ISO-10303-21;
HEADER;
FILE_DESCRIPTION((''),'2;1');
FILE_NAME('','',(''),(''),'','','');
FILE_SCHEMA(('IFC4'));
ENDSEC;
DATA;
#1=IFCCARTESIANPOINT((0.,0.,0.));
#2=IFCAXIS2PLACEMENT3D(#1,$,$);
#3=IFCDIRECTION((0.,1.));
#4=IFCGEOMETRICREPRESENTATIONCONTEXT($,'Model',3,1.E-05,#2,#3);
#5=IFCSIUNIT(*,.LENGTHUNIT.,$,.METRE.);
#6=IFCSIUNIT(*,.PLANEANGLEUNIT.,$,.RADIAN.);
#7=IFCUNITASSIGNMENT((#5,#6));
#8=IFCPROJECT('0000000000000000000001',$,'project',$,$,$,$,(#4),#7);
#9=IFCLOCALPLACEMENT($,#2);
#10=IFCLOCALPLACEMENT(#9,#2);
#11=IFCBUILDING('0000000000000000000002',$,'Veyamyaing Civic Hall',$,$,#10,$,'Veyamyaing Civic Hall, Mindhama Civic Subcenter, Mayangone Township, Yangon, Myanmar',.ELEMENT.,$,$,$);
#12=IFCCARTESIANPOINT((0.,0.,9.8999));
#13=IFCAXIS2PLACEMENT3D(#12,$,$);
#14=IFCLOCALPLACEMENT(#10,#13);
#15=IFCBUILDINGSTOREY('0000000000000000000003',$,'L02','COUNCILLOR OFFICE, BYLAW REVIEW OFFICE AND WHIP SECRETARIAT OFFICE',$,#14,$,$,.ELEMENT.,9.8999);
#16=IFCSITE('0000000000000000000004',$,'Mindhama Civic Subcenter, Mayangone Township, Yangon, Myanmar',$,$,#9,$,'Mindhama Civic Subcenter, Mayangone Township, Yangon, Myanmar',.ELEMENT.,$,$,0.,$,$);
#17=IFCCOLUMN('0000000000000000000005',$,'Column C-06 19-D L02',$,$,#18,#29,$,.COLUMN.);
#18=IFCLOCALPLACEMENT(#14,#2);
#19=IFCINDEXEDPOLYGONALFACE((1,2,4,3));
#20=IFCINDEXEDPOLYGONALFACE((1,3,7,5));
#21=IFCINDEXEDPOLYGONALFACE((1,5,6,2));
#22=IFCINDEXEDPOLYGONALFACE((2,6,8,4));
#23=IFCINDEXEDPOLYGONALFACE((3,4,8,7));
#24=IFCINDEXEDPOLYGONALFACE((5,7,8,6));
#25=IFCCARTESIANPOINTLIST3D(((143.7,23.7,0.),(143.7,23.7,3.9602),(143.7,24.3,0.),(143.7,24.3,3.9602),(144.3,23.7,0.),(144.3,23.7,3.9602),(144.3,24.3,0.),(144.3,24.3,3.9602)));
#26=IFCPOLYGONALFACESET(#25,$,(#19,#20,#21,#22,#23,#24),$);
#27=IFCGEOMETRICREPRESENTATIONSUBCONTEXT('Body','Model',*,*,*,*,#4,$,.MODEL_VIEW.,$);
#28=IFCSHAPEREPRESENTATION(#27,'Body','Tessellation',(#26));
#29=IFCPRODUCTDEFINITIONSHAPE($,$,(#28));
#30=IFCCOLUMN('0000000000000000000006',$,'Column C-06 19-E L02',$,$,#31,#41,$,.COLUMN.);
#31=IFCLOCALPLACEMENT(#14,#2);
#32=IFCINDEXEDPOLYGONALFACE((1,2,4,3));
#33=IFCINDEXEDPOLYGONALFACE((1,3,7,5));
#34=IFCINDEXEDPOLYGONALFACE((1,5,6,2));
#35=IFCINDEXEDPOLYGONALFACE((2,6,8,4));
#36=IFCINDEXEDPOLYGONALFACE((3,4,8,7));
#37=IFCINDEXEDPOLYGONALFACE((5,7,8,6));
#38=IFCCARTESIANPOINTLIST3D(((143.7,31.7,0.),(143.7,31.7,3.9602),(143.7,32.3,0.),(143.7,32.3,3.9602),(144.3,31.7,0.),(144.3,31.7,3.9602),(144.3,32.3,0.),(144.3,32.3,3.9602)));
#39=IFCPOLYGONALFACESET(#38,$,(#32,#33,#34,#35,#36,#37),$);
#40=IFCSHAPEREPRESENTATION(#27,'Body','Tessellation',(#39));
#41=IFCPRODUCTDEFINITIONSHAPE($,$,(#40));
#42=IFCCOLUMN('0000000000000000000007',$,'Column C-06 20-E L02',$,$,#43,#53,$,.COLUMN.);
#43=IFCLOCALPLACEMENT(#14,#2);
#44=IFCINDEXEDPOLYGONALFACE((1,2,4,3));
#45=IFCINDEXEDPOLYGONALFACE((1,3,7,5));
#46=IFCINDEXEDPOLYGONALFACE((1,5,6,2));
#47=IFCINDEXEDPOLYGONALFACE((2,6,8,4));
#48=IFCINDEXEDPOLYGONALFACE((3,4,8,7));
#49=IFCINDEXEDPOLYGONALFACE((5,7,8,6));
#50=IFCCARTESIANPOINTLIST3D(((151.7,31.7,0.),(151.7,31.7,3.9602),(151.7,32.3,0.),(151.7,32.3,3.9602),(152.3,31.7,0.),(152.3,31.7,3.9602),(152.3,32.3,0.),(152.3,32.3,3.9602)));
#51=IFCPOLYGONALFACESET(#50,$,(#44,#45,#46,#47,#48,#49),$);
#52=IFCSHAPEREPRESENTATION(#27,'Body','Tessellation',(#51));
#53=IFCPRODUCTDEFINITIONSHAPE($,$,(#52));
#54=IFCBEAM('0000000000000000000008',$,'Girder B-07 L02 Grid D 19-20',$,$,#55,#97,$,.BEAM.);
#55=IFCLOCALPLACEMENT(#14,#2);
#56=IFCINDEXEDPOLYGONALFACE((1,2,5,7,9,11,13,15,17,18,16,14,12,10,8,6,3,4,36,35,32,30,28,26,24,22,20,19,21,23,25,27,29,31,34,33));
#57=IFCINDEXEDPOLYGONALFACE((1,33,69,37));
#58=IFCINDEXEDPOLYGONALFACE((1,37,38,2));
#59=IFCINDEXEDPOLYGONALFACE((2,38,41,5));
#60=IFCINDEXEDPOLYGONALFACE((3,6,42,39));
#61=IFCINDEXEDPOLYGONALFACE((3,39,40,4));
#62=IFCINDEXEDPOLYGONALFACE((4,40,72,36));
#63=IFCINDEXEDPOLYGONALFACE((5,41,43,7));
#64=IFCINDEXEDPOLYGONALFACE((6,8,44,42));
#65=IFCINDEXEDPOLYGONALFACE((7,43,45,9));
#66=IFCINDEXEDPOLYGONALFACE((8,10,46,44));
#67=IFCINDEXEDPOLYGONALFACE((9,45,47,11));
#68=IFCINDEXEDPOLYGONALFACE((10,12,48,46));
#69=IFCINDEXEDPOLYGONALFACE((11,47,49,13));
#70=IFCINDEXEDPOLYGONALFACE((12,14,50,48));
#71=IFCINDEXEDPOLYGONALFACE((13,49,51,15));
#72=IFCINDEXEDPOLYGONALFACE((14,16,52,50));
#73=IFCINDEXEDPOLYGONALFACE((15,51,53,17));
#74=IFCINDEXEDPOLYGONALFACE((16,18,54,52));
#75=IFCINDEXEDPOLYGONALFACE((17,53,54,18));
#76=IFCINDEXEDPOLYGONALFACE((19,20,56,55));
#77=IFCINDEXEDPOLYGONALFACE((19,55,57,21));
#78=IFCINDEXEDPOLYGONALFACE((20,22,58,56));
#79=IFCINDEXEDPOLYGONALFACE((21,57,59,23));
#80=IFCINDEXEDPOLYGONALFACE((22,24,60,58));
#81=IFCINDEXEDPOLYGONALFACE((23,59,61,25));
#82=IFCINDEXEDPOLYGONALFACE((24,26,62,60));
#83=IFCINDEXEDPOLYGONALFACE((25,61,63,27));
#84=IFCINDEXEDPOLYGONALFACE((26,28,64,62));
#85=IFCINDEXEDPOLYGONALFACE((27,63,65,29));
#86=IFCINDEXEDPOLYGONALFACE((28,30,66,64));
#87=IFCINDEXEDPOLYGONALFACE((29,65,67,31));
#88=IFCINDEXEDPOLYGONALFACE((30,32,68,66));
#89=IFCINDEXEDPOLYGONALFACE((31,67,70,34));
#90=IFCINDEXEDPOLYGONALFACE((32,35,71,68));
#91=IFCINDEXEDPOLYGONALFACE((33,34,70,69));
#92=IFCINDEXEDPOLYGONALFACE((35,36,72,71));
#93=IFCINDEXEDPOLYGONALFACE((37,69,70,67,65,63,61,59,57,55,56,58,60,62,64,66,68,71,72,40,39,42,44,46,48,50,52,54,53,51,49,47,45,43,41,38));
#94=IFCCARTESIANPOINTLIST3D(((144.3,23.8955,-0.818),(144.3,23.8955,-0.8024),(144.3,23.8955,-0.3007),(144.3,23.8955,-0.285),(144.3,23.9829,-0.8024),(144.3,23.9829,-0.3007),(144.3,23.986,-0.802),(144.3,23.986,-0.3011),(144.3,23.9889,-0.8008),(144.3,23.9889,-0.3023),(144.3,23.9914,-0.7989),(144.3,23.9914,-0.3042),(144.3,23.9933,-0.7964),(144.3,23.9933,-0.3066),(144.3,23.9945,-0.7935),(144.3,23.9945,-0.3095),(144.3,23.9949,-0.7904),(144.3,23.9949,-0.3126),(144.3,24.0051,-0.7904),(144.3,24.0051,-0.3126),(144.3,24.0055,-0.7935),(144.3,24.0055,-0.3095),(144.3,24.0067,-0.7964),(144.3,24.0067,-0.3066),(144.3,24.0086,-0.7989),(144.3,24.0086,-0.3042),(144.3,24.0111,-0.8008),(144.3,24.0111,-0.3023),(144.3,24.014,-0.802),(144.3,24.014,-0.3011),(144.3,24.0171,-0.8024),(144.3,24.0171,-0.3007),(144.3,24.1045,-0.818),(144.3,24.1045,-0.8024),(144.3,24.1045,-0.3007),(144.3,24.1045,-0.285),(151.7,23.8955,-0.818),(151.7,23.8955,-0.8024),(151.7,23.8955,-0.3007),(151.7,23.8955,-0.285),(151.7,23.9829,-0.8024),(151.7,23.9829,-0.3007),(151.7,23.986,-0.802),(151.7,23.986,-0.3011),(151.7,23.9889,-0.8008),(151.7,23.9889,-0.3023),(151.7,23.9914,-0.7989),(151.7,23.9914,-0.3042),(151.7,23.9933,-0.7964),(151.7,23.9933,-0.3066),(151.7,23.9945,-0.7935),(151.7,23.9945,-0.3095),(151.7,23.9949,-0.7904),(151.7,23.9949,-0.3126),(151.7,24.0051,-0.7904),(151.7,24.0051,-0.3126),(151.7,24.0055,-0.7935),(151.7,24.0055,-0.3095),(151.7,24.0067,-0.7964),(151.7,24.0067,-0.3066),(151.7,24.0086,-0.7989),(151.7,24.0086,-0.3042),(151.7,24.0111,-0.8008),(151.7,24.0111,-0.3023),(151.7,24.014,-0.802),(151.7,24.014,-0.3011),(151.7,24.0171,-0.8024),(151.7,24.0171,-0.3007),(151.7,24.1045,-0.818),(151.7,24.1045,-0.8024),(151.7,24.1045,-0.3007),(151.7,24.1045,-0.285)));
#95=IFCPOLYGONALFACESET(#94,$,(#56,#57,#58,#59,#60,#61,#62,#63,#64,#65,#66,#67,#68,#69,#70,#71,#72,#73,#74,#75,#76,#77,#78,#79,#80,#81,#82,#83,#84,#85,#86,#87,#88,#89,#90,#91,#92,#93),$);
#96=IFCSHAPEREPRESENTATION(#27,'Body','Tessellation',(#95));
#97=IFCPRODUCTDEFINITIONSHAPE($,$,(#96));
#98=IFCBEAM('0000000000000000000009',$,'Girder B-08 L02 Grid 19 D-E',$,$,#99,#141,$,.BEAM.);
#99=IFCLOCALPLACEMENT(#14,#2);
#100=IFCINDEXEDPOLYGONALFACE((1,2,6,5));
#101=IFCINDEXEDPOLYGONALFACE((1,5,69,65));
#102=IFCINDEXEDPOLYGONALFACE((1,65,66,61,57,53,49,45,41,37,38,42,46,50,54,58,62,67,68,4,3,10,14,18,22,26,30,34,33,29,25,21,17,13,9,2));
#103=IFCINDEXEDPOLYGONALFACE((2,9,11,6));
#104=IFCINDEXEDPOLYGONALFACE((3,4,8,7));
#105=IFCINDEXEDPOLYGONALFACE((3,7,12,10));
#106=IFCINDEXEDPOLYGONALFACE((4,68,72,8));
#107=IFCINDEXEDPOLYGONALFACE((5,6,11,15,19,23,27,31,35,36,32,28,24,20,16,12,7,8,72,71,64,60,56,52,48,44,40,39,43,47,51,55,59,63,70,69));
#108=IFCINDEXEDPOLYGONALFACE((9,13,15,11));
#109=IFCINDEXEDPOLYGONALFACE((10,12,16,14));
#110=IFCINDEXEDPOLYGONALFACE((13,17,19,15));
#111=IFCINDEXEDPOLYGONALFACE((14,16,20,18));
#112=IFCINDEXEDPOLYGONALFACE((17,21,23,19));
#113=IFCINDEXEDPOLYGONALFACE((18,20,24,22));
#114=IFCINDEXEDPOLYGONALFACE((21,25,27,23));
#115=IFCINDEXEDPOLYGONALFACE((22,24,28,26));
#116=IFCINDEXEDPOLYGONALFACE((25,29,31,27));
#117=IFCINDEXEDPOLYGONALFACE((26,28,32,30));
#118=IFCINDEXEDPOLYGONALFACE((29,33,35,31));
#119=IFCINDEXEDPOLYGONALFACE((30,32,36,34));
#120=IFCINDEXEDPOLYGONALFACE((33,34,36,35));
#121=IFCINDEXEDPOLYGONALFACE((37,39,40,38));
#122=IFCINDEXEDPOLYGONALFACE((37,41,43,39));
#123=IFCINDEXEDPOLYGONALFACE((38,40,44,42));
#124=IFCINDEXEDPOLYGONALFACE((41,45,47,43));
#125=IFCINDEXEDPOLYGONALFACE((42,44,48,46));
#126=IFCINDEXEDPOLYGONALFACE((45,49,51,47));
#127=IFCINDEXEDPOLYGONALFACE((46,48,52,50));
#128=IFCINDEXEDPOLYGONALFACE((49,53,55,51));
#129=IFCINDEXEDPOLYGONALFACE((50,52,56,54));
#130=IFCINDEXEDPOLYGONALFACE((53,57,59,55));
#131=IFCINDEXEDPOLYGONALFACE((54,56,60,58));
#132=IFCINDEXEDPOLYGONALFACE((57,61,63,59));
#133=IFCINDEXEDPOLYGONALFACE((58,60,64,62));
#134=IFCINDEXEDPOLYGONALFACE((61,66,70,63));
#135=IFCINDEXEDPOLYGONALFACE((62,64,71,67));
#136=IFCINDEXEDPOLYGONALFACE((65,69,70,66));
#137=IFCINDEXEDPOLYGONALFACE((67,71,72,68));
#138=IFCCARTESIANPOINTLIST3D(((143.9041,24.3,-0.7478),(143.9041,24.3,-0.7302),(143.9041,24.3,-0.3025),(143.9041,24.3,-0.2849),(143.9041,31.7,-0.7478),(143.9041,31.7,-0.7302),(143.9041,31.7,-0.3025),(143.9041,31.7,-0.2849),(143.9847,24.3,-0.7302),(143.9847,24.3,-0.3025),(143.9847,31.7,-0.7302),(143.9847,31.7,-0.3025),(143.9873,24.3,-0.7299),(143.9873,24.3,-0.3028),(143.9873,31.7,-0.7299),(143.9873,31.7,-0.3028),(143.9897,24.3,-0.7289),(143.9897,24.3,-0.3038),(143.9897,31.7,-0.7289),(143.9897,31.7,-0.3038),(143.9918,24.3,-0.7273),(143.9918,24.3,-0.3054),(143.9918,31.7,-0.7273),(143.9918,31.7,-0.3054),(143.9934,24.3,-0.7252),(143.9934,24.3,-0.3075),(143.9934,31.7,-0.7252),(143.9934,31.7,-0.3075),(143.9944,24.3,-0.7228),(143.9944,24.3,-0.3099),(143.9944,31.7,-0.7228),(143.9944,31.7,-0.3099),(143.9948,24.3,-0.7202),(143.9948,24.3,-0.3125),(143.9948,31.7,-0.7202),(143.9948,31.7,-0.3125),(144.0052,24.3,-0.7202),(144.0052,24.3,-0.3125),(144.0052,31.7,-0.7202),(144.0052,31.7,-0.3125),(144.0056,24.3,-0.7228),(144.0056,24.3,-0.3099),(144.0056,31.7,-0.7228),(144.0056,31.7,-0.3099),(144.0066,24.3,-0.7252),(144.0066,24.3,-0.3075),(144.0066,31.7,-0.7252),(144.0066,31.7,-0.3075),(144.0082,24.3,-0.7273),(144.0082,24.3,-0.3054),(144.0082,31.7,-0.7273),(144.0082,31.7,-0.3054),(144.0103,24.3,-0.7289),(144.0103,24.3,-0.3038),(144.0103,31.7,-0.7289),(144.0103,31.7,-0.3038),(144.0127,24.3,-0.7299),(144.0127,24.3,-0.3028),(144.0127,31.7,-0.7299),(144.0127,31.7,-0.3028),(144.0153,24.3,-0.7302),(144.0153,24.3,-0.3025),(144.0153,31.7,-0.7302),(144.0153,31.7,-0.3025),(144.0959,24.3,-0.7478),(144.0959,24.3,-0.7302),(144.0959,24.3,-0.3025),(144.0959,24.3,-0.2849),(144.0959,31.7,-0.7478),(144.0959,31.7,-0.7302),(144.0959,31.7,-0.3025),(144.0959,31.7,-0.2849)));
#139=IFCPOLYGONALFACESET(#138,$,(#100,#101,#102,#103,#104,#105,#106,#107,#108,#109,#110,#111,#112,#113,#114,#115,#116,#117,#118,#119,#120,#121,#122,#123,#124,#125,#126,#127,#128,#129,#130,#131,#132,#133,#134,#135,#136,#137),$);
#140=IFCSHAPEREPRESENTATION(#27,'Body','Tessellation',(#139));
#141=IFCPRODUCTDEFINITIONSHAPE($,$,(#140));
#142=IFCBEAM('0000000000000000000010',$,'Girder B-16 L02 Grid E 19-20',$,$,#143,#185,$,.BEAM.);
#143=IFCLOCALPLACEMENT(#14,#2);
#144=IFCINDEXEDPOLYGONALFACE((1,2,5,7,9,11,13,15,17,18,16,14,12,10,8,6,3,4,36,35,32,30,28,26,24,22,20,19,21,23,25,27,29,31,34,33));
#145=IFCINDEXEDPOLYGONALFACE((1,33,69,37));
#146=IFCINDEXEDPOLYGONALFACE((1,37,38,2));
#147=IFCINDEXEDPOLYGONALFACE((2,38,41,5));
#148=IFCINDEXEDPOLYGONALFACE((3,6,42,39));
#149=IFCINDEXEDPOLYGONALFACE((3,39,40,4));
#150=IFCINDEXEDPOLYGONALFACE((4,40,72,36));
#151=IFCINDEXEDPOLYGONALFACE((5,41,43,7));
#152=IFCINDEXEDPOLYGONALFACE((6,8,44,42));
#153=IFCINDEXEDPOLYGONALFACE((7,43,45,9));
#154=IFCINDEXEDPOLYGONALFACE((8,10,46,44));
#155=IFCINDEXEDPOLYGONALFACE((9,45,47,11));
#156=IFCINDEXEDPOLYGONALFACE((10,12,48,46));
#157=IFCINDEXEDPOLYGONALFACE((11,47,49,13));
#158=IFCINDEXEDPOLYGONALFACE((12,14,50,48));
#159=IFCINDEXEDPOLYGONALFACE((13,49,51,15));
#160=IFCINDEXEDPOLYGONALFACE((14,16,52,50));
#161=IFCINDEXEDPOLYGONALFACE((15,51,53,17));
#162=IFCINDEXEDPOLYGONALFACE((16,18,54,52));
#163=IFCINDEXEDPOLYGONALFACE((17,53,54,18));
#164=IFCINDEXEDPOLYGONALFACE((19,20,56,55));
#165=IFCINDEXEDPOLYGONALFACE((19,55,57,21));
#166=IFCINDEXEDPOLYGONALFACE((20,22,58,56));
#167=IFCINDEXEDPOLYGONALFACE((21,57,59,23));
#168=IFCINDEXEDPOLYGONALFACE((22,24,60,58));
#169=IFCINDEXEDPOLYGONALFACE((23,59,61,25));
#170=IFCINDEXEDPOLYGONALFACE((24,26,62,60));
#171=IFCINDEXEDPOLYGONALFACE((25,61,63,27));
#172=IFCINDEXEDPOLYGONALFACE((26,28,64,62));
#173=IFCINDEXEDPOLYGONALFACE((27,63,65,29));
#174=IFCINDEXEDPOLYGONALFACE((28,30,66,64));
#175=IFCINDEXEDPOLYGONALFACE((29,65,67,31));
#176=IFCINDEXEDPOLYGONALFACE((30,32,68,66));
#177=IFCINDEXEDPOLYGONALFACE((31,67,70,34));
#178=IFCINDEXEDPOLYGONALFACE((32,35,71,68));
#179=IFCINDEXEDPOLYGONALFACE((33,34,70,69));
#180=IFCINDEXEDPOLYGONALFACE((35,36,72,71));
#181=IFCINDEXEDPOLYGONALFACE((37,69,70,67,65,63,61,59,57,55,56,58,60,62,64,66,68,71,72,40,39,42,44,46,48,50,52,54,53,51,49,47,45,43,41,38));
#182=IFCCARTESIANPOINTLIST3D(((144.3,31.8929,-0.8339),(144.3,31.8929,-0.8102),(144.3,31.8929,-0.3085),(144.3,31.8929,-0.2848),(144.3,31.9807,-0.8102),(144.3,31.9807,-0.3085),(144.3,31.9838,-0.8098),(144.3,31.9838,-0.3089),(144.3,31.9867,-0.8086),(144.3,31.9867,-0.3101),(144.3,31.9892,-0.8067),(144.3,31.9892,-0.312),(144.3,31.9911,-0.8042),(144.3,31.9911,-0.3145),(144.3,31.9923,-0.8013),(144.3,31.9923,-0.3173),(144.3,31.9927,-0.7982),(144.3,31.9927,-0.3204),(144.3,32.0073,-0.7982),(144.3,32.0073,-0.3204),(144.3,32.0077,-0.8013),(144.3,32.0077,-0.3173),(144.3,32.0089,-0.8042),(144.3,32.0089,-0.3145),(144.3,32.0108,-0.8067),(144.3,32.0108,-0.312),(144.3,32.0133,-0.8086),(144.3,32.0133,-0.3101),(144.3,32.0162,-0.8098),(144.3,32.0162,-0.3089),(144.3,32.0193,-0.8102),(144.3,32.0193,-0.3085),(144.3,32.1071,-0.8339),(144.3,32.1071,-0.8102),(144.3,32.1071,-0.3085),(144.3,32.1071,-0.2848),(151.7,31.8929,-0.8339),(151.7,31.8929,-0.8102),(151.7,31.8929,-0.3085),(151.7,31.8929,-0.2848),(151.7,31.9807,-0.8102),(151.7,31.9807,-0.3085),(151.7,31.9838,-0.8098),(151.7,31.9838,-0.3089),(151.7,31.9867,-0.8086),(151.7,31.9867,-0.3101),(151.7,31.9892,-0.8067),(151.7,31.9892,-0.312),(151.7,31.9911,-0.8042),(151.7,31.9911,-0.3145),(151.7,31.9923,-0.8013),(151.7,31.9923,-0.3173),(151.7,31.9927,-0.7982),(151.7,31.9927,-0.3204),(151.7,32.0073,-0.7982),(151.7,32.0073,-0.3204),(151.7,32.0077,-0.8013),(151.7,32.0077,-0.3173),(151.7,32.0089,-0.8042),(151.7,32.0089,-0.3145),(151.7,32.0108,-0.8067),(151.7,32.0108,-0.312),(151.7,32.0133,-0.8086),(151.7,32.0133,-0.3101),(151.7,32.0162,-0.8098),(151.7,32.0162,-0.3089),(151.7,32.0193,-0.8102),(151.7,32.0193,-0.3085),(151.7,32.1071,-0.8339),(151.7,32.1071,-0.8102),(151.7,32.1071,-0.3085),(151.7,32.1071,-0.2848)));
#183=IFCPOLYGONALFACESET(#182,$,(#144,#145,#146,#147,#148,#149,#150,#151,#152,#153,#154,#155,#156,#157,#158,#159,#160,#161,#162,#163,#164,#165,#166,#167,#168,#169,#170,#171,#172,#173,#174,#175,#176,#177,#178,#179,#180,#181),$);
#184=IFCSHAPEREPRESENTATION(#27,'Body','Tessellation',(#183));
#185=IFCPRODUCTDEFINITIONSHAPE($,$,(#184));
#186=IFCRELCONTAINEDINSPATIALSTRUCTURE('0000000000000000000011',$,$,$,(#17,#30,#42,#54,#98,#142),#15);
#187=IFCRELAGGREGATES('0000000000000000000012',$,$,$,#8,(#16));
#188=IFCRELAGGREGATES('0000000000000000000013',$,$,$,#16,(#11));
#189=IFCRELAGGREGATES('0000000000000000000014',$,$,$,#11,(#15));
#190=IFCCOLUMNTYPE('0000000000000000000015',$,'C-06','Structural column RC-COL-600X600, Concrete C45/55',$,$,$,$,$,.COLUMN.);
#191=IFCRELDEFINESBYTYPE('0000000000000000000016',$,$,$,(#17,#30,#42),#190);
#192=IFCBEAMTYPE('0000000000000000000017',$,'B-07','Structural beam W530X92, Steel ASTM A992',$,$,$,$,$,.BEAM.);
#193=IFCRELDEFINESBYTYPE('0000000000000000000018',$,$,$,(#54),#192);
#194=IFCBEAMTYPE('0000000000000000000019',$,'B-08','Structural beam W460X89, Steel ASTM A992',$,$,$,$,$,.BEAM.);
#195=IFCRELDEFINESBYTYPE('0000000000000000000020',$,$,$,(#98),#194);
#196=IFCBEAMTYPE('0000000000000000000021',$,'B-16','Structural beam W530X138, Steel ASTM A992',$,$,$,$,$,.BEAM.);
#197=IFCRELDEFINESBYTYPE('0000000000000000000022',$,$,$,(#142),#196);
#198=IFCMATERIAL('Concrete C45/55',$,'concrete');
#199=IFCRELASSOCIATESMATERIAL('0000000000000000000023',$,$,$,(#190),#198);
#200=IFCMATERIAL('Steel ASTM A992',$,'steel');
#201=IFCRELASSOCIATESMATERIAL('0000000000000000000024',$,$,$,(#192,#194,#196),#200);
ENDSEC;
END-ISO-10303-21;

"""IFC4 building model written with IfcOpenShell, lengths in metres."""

from ifc_helpers import new_model, si_unit, direction, frame, origin, origin_2d, place, context, subcontext, project, spatial, rectangle, i_section, extrude, material, material_profile, profile_set, type_object, element, save


model = new_model("IFC4")

# Units and contexts
model_context = context("Model", 3, precision=1e-05, world=origin(), true_north=direction((0.0, 1.0)))
body_context = subcontext(model_context, "Body", "Model", "MODEL_VIEW")
ifc_project = project(units=[si_unit("LENGTHUNIT", "METRE"), si_unit("PLANEANGLEUNIT", "RADIAN")], contexts=[model_context])

# Site, building, storey
site_placement = place(None, origin())
site = spatial("IfcSite", under=ifc_project, at=site_placement, Name="Mindhama Civic Subcenter, Mayangone Township, Yangon, Myanmar", LongName="Mindhama Civic Subcenter, Mayangone Township, Yangon, Myanmar", CompositionType="ELEMENT", RefElevation=0.0)
building_placement = place(site_placement, origin())
building = spatial("IfcBuilding", under=site, at=building_placement, Name="Veyamyaing Civic Hall", LongName="Veyamyaing Civic Hall, Mindhama Civic Subcenter, Mayangone Township, Yangon, Myanmar", CompositionType="ELEMENT")
storey_placement = place(building_placement, frame((0.0, 0.0, 9.8999)))
storey = spatial("IfcBuildingStorey", under=building, at=storey_placement, Name="L02", Description="COUNCILLOR OFFICE, BYLAW REVIEW OFFICE AND WHIP SECRETARIAT OFFICE", CompositionType="ELEMENT", Elevation=9.8999)

# Columns
ifc_material_1 = material(Name="Concrete C45/55", Category="concrete")
ifc_material_profile_1 = material_profile(ifc_material_1, rectangle(XDim=0.6001, YDim=0.6001, at=origin_2d()), Name="RC-COL-600X600")
ifc_profile_set_1 = profile_set([ifc_material_profile_1], Name="Concrete C45/55")
column_type = type_object("IfcColumnType", Name="C-06", Description="Structural column RC-COL-600X600, Concrete C45/55", PredefinedType="COLUMN", material=ifc_profile_set_1)
for number, where, z_axis, x_axis, name in (
    (1, (144.0, 24.0, 0.0), (0.0, 0.0, 1.0), (1.0, 0.0, 0.0), "Column C-06 19-D L02"),
    (2, (144.0, 32.0, 0.0), (0.0, 0.0, 1.0), (1.0, 0.0, 0.0), "Column C-06 19-E L02"),
    (3, (152.0, 32.0, 0.0), (0.0, 0.0, 1.0), (1.0, 0.0, 0.0), "Column C-06 20-E L02"),
):
    element("IfcColumn", number, at=place(storey_placement, frame(where, z_axis=z_axis, x_axis=x_axis)), inside=storey, type_object=column_type, Name=name, PredefinedType="COLUMN", context=body_context, shape_type="SweptSolid", body=[
        extrude(rectangle(XDim=0.6001, YDim=0.6001, at=origin_2d()), origin(), (0.0, 0.0, 1.0), 3.9602),
    ])

# Beams
ifc_material_2 = material(Name="Steel ASTM A992", Category="steel")
ifc_material_profile_2 = material_profile(ifc_material_2, i_section(OverallWidth=0.209, OverallDepth=0.533, WebThickness=0.0103, FlangeThickness=0.0156, FilletRadius=0.012, at=origin_2d()), Name="W530X92")
ifc_profile_set_2 = profile_set([ifc_material_profile_2], Name="Steel ASTM A992")
beam_type_1 = type_object("IfcBeamType", Name="B-07", Description="Structural beam W530X92, Steel ASTM A992", PredefinedType="BEAM", material=ifc_profile_set_2)
beam_1_placement = place(storey_placement, frame((144.3, 24.0, -0.5515), z_axis=(1.0, 0.0, 0.0), x_axis=(0.0, 1.0, 0.0)))
element("IfcBeam", 4, at=beam_1_placement, inside=storey, type_object=beam_type_1, Name="Girder B-07 L02 Grid D 19-20", PredefinedType="BEAM", context=body_context, shape_type="SweptSolid", body=[
    extrude(i_section(OverallWidth=0.209, OverallDepth=0.533, WebThickness=0.0103, FlangeThickness=0.0156, FilletRadius=0.012, at=origin_2d()), origin(), (0.0, 0.0, 1.0), 7.3999),
])
ifc_material_profile_3 = material_profile(ifc_material_2, i_section(OverallWidth=0.1919, OverallDepth=0.4629, WebThickness=0.0105, FlangeThickness=0.0176, FilletRadius=0.01, at=origin_2d()), Name="W460X89")
ifc_profile_set_3 = profile_set([ifc_material_profile_3], Name="Steel ASTM A992")
beam_type_2 = type_object("IfcBeamType", Name="B-08", Description="Structural beam W460X89, Steel ASTM A992", PredefinedType="BEAM", material=ifc_profile_set_3)
beam_2_placement = place(storey_placement, frame((144.0, 24.3, -0.5164), z_axis=(0.0, 1.0, 0.0), x_axis=(-1.0, 0.0, 0.0)))
element("IfcBeam", 5, at=beam_2_placement, inside=storey, type_object=beam_type_2, Name="Girder B-08 L02 Grid 19 D-E", PredefinedType="BEAM", context=body_context, shape_type="SweptSolid", body=[
    extrude(i_section(OverallWidth=0.1919, OverallDepth=0.4629, WebThickness=0.0105, FlangeThickness=0.0176, FilletRadius=0.01, at=origin_2d()), origin(), (0.0, 0.0, 1.0), 7.3999),
])
ifc_material_profile_4 = material_profile(ifc_material_2, i_section(OverallWidth=0.2141, OverallDepth=0.5491, WebThickness=0.0146, FlangeThickness=0.0237, FilletRadius=0.012, at=origin_2d()), Name="W530X138")
ifc_profile_set_4 = profile_set([ifc_material_profile_4], Name="Steel ASTM A992")
beam_type_3 = type_object("IfcBeamType", Name="B-16", Description="Structural beam W530X138, Steel ASTM A992", PredefinedType="BEAM", material=ifc_profile_set_4)
beam_3_placement = place(storey_placement, frame((144.3, 32.0, -0.5593), z_axis=(1.0, 0.0, 0.0), x_axis=(0.0, 1.0, 0.0)))
element("IfcBeam", 6, at=beam_3_placement, inside=storey, type_object=beam_type_3, Name="Girder B-16 L02 Grid E 19-20", PredefinedType="BEAM", context=body_context, shape_type="SweptSolid", body=[
    extrude(i_section(OverallWidth=0.2141, OverallDepth=0.5491, WebThickness=0.0146, FlangeThickness=0.0237, FilletRadius=0.012, at=origin_2d()), origin(), (0.0, 0.0, 1.0), 7.3999),
])

save(model, "model.ifc")
